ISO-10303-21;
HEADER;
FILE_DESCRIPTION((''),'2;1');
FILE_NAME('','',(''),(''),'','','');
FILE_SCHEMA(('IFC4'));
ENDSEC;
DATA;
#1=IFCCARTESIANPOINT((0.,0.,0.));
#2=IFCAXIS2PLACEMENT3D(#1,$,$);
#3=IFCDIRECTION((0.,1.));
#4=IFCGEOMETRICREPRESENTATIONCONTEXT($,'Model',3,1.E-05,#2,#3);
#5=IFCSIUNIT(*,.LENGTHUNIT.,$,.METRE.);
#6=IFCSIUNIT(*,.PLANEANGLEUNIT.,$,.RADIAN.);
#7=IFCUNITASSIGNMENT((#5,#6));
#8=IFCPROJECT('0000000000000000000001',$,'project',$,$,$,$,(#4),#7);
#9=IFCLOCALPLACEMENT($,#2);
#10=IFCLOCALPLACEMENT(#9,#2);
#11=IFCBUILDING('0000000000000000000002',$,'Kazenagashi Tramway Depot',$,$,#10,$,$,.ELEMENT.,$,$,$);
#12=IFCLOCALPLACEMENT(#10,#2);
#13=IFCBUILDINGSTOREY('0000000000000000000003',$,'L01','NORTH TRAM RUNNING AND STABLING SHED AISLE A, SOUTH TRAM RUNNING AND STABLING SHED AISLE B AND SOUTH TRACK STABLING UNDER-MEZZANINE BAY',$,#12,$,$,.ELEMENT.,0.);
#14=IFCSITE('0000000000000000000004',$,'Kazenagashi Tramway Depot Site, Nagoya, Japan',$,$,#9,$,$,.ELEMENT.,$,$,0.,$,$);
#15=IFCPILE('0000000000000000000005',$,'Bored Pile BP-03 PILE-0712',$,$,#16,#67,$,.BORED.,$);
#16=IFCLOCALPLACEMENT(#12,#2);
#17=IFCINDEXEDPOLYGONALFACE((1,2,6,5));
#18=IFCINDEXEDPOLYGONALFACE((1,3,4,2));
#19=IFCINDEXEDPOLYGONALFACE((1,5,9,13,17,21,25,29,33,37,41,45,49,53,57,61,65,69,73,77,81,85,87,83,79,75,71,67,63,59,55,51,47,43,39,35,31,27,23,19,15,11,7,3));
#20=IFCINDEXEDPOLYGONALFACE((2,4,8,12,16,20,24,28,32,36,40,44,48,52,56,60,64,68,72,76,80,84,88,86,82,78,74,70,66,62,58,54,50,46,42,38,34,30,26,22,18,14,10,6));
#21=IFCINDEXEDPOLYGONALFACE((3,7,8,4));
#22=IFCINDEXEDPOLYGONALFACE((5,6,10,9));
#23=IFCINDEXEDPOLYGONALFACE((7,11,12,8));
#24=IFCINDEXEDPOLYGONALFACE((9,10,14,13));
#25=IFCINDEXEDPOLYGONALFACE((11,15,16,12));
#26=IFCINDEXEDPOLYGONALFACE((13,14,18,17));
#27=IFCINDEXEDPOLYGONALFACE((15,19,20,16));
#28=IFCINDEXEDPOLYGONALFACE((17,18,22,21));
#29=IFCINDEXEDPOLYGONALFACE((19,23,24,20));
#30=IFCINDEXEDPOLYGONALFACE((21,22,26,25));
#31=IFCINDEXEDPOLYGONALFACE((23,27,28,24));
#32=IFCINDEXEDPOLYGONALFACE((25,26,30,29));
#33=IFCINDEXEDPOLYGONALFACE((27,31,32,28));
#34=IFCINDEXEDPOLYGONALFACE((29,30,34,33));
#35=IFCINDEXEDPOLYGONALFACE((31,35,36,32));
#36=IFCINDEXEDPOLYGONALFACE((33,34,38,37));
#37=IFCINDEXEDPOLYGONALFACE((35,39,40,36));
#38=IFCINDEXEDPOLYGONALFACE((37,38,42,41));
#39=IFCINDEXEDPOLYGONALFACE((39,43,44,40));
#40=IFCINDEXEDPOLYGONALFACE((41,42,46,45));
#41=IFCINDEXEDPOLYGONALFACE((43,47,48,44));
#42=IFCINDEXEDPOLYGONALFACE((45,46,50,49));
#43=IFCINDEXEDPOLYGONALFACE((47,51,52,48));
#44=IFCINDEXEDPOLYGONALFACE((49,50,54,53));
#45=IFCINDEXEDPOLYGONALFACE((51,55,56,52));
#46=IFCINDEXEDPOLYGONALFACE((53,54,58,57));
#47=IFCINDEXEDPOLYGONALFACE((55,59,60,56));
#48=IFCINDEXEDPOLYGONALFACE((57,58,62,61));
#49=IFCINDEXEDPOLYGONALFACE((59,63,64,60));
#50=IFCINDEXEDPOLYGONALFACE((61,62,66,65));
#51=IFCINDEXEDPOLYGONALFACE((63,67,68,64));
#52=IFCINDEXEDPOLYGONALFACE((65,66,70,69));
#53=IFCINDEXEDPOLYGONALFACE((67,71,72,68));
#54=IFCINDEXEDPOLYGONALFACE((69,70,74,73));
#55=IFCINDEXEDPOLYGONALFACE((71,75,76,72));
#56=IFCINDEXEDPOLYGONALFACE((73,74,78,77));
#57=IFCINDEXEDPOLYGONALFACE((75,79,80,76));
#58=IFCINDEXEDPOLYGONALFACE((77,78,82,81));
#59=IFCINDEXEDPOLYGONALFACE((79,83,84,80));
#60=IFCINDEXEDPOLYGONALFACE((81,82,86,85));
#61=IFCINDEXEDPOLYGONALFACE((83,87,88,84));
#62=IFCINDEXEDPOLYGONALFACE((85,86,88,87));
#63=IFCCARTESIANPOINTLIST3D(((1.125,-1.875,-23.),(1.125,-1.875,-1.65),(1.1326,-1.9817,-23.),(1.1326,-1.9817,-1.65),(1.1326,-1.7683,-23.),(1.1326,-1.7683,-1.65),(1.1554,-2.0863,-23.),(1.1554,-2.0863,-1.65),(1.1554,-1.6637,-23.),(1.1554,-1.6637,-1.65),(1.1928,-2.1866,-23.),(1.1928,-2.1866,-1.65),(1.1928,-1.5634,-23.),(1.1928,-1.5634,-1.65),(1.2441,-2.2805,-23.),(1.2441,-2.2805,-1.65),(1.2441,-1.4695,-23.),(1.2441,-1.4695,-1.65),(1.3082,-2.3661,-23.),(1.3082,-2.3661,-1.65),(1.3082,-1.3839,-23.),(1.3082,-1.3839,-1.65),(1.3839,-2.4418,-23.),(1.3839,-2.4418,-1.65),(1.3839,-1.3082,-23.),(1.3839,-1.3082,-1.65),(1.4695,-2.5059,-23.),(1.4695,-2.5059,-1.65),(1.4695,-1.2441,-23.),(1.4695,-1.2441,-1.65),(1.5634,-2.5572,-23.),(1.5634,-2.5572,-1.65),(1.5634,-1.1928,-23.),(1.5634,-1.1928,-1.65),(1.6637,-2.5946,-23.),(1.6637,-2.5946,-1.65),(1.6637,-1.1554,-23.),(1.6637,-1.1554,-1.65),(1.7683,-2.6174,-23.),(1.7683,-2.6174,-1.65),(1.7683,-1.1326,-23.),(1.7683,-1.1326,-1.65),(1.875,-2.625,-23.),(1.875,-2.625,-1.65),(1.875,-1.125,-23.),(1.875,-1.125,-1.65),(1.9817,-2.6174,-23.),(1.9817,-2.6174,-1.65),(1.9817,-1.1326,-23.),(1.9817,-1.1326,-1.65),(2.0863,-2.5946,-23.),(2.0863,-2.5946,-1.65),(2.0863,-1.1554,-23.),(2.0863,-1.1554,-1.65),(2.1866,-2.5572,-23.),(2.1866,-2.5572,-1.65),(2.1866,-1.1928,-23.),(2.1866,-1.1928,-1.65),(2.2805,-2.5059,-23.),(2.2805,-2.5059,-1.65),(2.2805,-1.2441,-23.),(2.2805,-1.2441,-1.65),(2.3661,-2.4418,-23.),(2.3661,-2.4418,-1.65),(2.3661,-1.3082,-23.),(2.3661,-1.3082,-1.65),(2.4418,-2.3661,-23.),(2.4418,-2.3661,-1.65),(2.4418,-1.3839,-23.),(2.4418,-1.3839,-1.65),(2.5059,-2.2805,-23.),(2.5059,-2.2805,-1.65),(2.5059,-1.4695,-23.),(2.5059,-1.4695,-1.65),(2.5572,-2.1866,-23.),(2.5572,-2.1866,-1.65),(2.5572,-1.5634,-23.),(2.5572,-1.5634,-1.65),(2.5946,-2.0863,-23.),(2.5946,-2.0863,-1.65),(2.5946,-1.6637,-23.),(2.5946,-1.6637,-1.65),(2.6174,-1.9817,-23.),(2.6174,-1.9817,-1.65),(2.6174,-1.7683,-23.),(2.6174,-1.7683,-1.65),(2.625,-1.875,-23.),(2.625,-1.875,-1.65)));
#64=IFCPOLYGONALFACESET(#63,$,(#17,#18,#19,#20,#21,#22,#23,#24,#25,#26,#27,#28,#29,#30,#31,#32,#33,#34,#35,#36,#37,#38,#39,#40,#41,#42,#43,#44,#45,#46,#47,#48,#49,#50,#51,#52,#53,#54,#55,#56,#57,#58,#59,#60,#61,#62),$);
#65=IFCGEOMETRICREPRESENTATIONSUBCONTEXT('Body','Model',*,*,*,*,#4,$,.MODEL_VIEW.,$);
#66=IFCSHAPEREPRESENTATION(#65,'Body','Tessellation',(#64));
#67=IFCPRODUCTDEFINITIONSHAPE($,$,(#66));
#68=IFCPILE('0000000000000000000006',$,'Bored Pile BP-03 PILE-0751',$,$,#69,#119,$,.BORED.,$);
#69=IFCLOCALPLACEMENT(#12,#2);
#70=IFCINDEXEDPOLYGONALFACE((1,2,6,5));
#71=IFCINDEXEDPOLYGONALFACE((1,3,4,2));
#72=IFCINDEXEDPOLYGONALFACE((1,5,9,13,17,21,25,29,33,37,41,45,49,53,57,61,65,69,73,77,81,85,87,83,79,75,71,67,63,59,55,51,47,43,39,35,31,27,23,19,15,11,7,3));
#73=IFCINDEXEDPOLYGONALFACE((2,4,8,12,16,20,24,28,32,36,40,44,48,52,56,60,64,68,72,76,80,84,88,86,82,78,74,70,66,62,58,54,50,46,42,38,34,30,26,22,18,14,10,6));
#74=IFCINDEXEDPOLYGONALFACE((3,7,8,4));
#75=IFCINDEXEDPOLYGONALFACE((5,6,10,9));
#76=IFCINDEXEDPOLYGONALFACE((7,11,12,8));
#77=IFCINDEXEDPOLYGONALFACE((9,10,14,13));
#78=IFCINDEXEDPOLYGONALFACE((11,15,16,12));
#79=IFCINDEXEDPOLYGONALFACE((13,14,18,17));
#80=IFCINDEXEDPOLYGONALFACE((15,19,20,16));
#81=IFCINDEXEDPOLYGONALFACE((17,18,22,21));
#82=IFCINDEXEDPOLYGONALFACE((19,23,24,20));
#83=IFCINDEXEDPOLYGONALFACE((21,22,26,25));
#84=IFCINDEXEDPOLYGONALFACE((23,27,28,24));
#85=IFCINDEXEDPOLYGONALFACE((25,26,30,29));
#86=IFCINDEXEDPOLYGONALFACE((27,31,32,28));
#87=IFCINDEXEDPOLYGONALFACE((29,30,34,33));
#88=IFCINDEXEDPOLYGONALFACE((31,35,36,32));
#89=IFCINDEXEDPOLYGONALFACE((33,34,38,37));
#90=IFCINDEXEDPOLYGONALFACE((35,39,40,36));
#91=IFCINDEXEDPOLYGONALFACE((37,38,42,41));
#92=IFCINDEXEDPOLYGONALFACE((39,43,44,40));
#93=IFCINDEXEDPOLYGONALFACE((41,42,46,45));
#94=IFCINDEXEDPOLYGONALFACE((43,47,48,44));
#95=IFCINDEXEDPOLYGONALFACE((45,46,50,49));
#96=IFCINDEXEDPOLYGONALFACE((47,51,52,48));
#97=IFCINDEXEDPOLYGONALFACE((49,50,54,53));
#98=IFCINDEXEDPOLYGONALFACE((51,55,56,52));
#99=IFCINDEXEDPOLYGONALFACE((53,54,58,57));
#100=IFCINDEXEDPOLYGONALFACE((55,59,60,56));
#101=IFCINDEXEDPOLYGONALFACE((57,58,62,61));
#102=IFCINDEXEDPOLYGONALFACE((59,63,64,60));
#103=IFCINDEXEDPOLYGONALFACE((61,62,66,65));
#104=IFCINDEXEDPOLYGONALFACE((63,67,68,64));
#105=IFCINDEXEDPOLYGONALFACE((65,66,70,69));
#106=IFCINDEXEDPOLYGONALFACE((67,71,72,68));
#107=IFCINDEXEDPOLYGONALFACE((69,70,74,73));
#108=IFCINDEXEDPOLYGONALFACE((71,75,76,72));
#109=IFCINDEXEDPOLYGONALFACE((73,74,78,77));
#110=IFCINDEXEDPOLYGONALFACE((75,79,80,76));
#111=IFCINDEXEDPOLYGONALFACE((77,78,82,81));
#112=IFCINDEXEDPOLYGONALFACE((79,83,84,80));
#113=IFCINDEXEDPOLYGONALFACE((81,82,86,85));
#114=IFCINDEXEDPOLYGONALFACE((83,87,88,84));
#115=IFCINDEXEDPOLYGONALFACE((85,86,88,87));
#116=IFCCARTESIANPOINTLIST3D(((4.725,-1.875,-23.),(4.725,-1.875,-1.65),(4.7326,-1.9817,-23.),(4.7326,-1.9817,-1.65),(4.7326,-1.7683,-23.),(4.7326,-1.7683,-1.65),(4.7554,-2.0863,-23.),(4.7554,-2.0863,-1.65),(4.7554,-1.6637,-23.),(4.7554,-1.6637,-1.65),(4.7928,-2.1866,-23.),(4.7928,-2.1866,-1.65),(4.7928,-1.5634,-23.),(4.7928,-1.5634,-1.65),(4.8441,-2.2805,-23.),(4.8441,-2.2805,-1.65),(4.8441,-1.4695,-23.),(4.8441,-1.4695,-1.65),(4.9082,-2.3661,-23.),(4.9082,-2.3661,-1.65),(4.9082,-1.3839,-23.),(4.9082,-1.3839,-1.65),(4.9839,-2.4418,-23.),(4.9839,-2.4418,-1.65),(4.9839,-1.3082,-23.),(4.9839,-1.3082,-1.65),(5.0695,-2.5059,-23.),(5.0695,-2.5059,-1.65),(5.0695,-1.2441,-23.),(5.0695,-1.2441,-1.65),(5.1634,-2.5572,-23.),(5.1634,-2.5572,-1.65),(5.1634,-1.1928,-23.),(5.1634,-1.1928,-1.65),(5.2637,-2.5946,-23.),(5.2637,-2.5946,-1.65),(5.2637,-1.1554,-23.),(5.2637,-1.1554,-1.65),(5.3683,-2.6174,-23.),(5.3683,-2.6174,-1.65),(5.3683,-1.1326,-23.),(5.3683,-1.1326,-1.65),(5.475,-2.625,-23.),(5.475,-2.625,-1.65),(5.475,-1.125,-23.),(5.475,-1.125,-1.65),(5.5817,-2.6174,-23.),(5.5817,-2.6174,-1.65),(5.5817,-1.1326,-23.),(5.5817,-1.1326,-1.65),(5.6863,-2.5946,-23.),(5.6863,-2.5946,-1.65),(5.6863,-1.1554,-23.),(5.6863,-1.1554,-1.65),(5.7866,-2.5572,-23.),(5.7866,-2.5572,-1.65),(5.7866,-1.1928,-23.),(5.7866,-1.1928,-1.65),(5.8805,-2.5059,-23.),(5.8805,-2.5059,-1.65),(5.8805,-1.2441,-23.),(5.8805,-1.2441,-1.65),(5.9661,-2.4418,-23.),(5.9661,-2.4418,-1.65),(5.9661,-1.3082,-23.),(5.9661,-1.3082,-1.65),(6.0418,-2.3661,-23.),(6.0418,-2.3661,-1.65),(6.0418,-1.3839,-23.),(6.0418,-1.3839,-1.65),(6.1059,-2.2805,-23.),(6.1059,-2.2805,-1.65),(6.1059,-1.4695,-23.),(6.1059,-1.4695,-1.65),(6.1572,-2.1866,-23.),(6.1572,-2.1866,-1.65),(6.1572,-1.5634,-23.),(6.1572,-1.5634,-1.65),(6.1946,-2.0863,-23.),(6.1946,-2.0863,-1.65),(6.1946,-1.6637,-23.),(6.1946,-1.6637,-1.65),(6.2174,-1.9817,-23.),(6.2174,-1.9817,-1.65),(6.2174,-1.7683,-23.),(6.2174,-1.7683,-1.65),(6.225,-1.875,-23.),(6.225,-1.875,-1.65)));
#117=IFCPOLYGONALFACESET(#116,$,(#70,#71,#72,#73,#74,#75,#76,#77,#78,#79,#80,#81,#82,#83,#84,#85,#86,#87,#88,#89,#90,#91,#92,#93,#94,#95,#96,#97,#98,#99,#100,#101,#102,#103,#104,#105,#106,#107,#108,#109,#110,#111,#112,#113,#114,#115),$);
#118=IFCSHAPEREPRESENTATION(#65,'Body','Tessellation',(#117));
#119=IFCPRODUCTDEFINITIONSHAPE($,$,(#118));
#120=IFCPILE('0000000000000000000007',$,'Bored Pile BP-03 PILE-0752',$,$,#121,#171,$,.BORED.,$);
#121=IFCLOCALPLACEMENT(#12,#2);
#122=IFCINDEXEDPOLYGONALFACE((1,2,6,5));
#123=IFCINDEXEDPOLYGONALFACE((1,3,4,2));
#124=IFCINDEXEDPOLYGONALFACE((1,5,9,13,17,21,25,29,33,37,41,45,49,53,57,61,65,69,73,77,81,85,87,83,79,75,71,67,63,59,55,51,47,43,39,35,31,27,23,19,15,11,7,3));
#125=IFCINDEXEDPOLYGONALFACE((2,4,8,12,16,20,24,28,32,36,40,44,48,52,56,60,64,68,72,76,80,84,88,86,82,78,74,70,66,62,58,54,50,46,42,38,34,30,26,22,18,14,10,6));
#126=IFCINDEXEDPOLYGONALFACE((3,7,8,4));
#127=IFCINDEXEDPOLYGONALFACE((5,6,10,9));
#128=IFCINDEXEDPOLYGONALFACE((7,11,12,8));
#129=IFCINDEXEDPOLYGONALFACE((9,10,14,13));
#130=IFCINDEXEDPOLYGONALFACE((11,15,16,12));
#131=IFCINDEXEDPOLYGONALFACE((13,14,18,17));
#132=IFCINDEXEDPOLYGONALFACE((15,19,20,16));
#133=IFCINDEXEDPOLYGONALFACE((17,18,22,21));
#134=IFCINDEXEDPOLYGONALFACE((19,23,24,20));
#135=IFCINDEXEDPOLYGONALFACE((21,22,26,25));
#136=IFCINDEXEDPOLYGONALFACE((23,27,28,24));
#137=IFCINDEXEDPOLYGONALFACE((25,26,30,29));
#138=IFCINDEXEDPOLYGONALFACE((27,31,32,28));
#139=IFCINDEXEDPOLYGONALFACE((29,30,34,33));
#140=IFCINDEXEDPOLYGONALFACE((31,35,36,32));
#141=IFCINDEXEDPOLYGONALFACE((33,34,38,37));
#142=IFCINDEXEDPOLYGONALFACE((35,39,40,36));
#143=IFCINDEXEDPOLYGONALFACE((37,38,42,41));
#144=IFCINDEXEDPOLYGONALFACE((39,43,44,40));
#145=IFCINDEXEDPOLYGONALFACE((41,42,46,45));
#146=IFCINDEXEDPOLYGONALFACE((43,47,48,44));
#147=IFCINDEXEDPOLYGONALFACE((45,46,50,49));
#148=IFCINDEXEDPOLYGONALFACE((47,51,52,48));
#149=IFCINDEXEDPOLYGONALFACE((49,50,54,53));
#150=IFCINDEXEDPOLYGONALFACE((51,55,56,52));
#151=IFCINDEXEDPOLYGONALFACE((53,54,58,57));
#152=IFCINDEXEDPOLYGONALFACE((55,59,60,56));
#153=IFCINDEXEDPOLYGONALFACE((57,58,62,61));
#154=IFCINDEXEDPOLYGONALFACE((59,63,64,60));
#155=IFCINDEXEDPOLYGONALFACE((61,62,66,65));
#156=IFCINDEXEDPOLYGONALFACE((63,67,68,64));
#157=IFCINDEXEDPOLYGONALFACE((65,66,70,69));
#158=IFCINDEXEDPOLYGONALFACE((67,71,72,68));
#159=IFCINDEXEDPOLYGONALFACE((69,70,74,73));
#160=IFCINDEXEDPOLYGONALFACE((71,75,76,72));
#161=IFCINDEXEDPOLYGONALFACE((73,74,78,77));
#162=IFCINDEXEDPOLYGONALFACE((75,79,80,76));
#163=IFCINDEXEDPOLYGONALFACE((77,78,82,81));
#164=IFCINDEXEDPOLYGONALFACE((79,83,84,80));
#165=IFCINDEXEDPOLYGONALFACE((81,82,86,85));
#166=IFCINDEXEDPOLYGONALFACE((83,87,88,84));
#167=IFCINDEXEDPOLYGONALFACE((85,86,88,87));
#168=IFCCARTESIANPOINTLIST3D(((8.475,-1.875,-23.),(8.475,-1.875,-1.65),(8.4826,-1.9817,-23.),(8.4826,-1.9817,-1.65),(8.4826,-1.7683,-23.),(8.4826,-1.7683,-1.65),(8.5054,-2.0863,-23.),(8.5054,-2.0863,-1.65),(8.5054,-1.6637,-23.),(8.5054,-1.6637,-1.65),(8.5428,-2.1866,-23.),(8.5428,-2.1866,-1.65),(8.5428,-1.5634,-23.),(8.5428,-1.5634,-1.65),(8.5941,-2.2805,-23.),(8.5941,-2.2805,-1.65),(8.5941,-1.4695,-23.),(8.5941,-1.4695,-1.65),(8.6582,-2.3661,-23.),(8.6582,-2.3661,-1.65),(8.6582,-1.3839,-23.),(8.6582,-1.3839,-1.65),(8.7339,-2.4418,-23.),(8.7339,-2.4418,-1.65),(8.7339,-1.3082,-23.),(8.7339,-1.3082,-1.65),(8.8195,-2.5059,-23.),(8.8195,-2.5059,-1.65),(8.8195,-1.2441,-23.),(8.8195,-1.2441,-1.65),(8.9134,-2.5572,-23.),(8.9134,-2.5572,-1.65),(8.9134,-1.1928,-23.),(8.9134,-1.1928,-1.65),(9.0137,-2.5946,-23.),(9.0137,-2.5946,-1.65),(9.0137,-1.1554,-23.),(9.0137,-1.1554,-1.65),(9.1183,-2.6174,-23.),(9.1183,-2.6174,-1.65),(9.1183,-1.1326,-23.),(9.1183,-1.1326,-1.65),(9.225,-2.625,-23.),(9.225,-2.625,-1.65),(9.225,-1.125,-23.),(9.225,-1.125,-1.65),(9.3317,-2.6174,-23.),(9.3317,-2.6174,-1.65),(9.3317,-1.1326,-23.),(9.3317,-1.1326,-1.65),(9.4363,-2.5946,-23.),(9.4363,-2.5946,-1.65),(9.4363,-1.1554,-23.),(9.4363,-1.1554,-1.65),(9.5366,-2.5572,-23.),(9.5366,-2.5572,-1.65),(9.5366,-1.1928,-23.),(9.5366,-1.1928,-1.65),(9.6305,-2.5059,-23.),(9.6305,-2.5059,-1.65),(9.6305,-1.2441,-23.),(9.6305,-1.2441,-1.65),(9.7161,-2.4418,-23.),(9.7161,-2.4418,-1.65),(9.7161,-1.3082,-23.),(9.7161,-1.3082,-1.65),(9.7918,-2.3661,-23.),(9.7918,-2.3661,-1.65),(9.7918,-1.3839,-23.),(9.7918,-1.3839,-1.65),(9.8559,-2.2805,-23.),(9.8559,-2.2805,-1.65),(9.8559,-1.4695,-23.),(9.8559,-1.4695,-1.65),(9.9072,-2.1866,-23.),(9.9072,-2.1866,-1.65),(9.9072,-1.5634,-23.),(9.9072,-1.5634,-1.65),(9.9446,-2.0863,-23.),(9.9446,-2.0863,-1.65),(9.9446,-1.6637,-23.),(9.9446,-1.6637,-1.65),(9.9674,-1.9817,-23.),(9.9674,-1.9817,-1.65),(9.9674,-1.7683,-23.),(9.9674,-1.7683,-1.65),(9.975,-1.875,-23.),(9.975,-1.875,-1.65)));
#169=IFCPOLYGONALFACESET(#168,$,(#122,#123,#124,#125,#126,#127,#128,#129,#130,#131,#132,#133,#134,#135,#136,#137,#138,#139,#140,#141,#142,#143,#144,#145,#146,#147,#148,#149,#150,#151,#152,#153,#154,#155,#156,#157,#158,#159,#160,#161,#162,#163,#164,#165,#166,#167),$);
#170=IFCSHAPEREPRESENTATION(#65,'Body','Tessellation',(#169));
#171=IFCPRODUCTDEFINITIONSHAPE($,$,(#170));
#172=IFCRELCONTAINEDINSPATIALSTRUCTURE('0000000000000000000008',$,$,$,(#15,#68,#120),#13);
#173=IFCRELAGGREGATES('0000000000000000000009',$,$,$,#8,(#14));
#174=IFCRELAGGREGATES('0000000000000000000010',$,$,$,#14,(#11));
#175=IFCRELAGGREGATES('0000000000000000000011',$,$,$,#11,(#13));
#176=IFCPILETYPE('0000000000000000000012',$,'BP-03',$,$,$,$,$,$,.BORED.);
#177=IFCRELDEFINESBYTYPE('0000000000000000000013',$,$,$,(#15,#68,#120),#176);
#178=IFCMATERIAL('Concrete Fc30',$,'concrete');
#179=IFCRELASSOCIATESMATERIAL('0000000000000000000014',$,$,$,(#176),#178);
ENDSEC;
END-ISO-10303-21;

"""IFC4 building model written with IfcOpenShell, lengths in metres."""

from ifc_helpers import new_model, si_unit, direction, frame, origin, origin_2d, place, context, subcontext, project, spatial, circle, extrude, material, material_profile, profile_set, type_object, element, save


model = new_model("IFC4")

# Units and contexts
model_context = context("Model", 3, precision=1e-05, world=origin(), true_north=direction((0.0, 1.0)))
body_context = subcontext(model_context, "Body", "Model", "MODEL_VIEW")
ifc_project = project(units=[si_unit("LENGTHUNIT", "METRE"), si_unit("PLANEANGLEUNIT", "RADIAN")], contexts=[model_context])

# Site, building, storey
site_placement = place(None, origin())
site = spatial("IfcSite", under=ifc_project, at=site_placement, Name="Kazenagashi Tramway Depot Site, Nagoya, Japan", CompositionType="ELEMENT", RefElevation=0.0)
building_placement = place(site_placement, origin())
building = spatial("IfcBuilding", under=site, at=building_placement, Name="Kazenagashi Tramway Depot", CompositionType="ELEMENT")
storey_placement = place(building_placement, origin())
storey = spatial("IfcBuildingStorey", under=building, at=storey_placement, Name="L01", Description="NORTH TRAM RUNNING AND STABLING SHED AISLE A, SOUTH TRAM RUNNING AND STABLING SHED AISLE B AND SOUTH TRACK STABLING UNDER-MEZZANINE BAY", CompositionType="ELEMENT", Elevation=0.0)

# Piles
ifc_material_1 = material(Name="Concrete Fc30", Category="concrete")
ifc_material_profile_1 = material_profile(ifc_material_1, circle(Radius=0.75, at=origin_2d()), Name="PILE-1500")
ifc_profile_set_1 = profile_set([ifc_material_profile_1], Name="Concrete Fc30")
pile_type = type_object("IfcPileType", Name="BP-03", PredefinedType="BORED", material=ifc_profile_set_1)
for number, where, z_axis, x_axis, name in (
    (1, (1.875, -1.875, -1.65), (0.0, 0.0, -1.0), (1.0, 0.0, 0.0), "Bored Pile BP-03 PILE-0712"),
    (2, (5.475, -1.875, -1.65), (0.0, 0.0, -1.0), (1.0, 0.0, 0.0), "Bored Pile BP-03 PILE-0751"),
    (3, (9.225, -1.875, -1.65), (0.0, 0.0, -1.0), (1.0, 0.0, 0.0), "Bored Pile BP-03 PILE-0752"),
):
    element("IfcPile", number, at=place(storey_placement, frame(where, z_axis=z_axis, x_axis=x_axis)), inside=storey, type_object=pile_type, Name=name, PredefinedType="BORED", context=body_context, shape_type="SweptSolid", body=[
        extrude(circle(Radius=0.75, at=origin_2d()), origin(), (0.0, 0.0, 1.0), 21.35),
    ])

save(model, "model.ifc")
